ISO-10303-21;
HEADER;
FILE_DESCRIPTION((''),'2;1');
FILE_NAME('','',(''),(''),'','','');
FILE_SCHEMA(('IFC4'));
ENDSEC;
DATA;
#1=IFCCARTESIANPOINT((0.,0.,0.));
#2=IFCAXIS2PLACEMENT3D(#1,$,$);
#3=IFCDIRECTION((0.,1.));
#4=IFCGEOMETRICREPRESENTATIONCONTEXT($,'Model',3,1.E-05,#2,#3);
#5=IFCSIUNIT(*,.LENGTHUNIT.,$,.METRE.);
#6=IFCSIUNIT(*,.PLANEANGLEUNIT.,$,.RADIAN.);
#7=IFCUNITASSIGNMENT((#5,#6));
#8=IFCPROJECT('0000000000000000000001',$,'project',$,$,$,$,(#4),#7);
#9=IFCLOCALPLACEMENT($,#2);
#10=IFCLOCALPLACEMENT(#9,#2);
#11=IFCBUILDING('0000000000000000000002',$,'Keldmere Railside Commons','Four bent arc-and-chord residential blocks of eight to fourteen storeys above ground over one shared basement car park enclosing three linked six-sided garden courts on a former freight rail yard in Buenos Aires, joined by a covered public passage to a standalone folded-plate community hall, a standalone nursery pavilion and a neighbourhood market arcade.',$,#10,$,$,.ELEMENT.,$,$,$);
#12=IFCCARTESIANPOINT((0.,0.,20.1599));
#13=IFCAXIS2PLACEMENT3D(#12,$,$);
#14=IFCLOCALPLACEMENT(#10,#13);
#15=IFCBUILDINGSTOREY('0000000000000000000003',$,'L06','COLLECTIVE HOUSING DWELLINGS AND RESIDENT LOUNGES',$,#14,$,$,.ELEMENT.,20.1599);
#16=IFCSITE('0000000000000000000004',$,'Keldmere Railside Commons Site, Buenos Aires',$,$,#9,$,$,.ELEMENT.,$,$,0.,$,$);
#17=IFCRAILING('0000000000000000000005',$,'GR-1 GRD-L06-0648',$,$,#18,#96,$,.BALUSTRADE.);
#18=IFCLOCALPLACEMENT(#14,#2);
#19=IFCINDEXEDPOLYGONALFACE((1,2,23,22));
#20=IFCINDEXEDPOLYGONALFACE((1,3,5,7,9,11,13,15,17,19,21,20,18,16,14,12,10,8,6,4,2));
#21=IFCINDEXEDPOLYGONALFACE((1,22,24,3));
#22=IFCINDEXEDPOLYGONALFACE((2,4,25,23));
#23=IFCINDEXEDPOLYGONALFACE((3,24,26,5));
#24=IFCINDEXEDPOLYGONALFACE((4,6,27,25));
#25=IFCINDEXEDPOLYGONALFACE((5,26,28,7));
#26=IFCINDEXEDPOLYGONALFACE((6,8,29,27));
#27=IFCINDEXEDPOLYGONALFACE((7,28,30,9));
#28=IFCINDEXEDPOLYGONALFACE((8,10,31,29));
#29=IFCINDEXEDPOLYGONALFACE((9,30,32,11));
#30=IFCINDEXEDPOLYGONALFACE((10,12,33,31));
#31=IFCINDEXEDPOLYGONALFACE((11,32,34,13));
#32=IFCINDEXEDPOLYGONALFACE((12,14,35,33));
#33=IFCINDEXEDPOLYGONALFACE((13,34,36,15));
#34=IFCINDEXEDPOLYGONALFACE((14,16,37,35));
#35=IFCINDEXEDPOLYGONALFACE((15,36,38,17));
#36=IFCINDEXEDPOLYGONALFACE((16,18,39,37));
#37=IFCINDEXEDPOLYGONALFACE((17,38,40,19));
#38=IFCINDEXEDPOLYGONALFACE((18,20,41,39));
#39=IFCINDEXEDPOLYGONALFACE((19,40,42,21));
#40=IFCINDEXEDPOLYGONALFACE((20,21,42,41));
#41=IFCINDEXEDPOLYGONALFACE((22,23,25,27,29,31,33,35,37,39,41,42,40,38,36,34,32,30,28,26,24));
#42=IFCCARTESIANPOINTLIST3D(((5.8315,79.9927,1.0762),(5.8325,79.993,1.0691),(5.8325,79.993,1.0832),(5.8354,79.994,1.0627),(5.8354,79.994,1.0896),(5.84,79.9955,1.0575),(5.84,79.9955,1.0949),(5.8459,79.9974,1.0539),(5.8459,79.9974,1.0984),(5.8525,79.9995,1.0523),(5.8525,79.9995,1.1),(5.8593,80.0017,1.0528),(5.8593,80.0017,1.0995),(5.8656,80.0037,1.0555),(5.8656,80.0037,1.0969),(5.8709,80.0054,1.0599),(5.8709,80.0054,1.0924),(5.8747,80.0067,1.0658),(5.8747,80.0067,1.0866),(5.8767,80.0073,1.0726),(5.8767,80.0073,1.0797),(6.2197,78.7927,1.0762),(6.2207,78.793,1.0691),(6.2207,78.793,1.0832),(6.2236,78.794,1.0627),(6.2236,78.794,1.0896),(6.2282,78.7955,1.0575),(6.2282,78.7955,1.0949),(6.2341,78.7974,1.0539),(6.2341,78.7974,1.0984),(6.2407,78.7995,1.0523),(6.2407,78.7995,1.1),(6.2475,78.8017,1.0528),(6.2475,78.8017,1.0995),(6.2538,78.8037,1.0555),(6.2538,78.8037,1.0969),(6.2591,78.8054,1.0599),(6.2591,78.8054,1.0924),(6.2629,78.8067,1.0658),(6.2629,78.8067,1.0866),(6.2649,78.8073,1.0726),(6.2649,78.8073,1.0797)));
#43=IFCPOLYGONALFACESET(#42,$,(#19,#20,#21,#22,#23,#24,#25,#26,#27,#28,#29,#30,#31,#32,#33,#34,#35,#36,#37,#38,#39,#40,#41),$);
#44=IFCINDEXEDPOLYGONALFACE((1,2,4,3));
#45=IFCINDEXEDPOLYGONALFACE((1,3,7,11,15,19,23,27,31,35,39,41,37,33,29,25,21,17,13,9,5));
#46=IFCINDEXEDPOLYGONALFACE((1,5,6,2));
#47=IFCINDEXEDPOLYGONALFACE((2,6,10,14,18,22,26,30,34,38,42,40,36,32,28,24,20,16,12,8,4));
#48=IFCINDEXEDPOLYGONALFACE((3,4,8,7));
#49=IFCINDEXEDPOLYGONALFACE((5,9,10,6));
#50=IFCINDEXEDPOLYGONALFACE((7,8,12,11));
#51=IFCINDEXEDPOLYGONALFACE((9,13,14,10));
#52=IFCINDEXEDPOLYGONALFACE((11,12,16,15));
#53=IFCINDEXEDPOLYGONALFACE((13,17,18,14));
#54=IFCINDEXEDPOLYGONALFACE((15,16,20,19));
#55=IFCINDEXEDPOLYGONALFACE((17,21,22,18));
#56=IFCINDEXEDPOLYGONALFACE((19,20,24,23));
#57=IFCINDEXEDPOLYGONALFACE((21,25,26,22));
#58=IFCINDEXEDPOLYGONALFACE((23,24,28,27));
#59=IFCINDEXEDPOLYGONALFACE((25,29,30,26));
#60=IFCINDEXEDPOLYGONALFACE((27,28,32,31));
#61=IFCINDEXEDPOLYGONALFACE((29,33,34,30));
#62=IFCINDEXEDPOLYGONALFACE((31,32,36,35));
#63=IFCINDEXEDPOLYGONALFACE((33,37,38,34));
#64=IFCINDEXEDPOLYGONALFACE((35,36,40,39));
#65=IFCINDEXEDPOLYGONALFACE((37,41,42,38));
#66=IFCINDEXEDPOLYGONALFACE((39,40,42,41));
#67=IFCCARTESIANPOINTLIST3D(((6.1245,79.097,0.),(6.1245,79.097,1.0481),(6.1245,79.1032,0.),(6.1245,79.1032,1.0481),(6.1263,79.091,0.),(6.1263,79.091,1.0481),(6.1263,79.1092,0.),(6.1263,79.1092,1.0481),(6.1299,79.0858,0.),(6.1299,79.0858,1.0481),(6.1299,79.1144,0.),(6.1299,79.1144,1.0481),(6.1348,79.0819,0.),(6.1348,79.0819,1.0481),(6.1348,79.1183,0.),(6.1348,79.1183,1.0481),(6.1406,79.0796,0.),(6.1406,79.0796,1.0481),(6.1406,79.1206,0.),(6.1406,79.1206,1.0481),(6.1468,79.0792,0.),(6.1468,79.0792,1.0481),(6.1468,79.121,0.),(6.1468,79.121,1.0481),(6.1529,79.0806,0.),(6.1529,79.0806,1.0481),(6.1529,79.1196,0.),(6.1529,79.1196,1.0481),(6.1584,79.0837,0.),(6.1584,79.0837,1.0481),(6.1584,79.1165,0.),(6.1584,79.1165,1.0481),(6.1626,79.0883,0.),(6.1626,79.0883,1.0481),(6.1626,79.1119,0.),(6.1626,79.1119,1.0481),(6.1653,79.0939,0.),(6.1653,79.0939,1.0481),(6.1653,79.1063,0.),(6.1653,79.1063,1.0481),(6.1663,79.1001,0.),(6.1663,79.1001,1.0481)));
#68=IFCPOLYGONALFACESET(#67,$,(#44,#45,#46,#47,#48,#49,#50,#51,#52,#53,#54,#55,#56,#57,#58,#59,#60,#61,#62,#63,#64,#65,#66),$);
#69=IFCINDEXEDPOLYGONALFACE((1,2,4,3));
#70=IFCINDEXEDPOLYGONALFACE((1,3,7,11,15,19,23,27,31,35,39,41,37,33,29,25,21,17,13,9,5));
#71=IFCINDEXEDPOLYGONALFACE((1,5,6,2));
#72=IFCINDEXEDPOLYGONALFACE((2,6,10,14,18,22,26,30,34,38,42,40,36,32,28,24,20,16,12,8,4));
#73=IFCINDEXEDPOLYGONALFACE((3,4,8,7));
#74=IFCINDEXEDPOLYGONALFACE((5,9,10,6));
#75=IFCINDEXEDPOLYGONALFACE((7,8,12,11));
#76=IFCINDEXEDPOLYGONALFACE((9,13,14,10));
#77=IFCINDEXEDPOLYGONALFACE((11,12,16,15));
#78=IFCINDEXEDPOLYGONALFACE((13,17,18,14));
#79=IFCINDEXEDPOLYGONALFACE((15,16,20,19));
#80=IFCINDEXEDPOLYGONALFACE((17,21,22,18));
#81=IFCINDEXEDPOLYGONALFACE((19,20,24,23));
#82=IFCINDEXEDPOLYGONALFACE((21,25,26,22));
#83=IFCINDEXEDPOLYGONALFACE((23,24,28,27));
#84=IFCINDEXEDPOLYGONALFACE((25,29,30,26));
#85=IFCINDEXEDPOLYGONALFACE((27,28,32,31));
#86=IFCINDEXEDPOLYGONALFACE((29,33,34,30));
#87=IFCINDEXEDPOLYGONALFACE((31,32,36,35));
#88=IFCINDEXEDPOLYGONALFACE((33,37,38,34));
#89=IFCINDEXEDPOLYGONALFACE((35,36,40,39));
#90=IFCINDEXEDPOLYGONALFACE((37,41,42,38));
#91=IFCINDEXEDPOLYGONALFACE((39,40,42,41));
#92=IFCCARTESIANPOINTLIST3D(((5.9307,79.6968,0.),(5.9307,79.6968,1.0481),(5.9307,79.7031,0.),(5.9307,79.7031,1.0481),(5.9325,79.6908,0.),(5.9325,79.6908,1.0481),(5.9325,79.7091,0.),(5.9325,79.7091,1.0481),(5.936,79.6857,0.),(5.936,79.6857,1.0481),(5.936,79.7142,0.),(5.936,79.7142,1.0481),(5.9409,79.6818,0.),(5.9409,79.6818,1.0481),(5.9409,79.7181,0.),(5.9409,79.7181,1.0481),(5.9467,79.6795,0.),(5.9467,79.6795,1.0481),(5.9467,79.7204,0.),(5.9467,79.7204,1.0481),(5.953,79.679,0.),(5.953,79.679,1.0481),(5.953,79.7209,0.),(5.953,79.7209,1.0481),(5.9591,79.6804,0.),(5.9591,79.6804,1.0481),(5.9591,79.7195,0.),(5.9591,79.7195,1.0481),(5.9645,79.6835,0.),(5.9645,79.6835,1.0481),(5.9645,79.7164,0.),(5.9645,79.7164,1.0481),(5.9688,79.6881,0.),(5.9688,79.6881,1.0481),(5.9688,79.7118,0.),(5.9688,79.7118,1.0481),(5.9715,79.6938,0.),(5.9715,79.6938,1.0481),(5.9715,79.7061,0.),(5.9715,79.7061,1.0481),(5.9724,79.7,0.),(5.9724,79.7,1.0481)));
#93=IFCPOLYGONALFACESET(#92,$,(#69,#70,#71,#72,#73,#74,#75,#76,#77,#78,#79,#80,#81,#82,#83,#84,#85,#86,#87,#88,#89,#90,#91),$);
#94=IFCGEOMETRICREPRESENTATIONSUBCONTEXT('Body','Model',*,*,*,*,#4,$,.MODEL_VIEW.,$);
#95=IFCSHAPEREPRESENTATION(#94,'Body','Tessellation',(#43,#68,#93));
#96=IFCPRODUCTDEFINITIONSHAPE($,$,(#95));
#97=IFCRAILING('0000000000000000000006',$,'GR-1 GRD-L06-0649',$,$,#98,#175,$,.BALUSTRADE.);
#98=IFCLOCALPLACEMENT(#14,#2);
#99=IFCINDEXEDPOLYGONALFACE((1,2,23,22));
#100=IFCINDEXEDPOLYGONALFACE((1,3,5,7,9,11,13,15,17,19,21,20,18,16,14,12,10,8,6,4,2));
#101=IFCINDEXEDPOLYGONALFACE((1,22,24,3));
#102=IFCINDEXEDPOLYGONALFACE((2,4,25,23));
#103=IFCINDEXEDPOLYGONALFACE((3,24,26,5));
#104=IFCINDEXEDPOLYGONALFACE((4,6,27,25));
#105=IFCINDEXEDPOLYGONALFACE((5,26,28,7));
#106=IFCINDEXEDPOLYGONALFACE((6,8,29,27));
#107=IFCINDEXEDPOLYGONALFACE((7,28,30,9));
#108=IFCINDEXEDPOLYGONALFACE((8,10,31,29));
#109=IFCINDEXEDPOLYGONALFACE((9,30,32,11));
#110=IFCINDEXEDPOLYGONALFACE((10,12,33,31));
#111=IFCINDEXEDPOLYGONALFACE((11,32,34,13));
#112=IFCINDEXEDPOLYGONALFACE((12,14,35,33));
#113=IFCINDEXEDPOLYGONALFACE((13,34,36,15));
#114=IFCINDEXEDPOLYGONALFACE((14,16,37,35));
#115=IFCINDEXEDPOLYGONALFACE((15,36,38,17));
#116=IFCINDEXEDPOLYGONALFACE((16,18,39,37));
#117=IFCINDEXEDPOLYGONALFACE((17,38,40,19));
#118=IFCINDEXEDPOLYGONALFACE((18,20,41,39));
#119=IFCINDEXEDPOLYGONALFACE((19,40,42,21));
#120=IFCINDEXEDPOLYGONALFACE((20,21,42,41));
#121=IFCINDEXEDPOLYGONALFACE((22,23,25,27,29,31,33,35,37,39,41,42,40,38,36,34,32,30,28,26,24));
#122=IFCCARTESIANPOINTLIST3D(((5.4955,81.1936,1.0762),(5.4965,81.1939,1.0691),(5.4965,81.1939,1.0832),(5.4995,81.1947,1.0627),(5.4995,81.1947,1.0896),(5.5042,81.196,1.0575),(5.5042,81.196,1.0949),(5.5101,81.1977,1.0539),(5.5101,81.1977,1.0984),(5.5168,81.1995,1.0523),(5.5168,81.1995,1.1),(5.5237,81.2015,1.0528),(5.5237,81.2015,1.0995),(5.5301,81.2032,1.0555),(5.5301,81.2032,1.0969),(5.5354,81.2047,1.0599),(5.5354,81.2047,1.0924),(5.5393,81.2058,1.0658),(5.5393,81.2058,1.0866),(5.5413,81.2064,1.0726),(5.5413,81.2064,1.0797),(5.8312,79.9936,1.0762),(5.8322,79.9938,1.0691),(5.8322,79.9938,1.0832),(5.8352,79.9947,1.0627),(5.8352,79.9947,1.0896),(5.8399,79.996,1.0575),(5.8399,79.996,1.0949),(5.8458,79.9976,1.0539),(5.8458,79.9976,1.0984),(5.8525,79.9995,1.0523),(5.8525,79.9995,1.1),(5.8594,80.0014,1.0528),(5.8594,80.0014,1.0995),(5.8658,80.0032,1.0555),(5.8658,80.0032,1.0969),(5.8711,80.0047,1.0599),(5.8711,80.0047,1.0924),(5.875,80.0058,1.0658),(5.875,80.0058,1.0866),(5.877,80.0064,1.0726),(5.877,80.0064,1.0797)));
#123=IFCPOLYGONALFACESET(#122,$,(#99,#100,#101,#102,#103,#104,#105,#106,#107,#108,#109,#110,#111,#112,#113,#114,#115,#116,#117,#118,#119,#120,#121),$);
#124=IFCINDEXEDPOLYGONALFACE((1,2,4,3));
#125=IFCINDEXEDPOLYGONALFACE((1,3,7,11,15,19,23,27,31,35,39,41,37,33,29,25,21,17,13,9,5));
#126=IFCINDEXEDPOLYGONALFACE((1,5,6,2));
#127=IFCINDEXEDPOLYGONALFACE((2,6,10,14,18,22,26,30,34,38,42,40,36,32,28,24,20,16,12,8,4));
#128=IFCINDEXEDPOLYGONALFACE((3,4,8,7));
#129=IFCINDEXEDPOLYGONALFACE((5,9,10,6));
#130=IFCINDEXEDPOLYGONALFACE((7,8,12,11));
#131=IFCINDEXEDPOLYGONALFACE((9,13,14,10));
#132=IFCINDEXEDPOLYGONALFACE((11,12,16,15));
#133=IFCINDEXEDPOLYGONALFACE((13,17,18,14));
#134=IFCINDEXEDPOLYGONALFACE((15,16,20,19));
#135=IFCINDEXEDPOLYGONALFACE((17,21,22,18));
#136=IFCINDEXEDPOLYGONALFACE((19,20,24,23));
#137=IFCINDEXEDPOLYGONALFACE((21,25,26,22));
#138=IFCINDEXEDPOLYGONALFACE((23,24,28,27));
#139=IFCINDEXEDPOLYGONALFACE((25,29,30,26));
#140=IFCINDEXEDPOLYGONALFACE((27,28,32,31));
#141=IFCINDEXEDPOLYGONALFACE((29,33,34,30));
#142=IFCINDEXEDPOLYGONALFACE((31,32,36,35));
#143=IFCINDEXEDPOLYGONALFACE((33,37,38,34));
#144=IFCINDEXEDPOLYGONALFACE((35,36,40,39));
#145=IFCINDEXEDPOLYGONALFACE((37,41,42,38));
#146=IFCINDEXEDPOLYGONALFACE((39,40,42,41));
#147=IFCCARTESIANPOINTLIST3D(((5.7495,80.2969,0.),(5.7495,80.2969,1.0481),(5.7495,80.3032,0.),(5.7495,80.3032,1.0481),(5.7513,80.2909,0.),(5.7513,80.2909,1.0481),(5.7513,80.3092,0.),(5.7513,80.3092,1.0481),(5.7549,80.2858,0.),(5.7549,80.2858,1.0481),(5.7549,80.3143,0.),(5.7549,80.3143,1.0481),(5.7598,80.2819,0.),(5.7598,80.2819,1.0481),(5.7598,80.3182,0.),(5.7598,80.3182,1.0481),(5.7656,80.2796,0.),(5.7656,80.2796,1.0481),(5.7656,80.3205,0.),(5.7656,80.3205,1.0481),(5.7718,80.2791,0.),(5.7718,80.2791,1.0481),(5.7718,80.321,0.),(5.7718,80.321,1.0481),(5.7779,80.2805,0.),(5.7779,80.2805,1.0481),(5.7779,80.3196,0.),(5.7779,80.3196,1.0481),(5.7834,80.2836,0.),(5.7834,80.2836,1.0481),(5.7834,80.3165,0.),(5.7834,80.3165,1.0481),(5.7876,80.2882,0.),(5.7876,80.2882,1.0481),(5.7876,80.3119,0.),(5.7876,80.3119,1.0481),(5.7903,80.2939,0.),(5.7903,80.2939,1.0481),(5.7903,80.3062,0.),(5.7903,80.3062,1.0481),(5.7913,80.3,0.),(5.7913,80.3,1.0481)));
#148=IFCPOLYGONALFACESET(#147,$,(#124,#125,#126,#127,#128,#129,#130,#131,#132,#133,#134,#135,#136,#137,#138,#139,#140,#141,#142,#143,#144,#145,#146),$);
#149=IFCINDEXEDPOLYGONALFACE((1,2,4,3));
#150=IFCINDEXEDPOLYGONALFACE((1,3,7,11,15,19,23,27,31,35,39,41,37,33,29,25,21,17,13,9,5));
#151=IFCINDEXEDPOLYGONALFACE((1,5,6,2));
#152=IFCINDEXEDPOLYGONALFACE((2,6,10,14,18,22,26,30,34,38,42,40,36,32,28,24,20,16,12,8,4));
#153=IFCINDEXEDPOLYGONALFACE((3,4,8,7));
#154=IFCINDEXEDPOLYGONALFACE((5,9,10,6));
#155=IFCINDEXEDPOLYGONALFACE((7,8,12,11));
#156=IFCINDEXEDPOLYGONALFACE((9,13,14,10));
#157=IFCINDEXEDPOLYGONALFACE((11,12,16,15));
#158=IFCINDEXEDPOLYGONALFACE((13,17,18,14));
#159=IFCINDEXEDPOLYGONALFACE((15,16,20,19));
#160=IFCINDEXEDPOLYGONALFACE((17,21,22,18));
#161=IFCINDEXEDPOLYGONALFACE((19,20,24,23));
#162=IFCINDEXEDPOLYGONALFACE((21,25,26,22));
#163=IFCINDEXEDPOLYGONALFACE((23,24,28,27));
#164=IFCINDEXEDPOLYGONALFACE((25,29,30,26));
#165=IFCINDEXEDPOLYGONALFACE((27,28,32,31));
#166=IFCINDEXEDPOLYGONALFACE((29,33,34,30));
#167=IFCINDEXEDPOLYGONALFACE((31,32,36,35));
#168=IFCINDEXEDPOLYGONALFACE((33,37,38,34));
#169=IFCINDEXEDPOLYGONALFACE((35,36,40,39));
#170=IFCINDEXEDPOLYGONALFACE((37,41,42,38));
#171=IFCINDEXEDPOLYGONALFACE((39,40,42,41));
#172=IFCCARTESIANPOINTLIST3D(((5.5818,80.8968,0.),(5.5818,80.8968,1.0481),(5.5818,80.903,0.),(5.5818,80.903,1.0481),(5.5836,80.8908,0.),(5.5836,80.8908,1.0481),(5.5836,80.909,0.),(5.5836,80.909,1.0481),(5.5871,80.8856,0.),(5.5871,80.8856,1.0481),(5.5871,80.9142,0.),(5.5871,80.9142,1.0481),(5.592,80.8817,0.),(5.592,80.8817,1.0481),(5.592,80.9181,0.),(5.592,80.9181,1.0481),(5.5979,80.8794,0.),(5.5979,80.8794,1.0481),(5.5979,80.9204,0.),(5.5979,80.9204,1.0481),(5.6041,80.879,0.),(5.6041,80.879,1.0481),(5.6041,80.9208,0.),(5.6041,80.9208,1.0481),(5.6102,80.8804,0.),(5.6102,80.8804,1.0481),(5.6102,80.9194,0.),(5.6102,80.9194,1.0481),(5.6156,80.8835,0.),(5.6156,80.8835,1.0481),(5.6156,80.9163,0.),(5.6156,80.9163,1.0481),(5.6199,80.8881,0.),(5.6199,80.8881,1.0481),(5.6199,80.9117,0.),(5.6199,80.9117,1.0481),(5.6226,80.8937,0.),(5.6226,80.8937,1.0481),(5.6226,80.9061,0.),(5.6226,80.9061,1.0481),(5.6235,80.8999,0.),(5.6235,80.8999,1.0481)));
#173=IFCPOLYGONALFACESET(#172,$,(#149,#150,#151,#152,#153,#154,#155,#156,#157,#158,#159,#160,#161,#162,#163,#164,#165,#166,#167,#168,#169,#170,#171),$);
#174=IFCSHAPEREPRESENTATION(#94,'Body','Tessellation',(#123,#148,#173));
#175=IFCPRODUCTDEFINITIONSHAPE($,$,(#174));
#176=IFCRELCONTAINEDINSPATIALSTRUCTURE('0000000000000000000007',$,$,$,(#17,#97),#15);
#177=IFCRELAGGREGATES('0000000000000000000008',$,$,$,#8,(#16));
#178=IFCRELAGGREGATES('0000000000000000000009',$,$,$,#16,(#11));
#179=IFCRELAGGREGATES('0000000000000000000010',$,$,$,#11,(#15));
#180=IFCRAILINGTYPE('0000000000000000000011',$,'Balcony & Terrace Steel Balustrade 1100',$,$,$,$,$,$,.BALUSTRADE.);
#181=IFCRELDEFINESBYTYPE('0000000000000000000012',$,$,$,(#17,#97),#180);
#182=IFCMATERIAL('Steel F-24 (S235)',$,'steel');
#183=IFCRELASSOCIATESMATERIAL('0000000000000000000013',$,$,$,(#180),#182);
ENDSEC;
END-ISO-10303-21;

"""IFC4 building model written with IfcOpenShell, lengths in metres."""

from ifc_helpers import new_model, si_unit, direction, frame, origin, origin_2d, place, context, subcontext, project, spatial, circle, extrude, material, type_object, element, save


model = new_model("IFC4")

# Units and contexts
model_context = context("Model", 3, precision=1e-05, world=origin(), true_north=direction((0.0, 1.0)))
body_context = subcontext(model_context, "Body", "Model", "MODEL_VIEW")
ifc_project = project(units=[si_unit("LENGTHUNIT", "METRE"), si_unit("PLANEANGLEUNIT", "RADIAN")], contexts=[model_context])

# Site, building, storey
site_placement = place(None, origin())
site = spatial("IfcSite", under=ifc_project, at=site_placement, Name="Keldmere Railside Commons Site, Buenos Aires", CompositionType="ELEMENT", RefElevation=0.0)
building_placement = place(site_placement, origin())
building = spatial("IfcBuilding", under=site, at=building_placement, Name="Keldmere Railside Commons", Description="Four bent arc-and-chord residential blocks of eight to fourteen storeys above ground over one shared basement car park enclosing three linked six-sided garden courts on a former freight rail yard in Buenos Aires, joined by a covered public passage to a standalone folded-plate community hall, a standalone nursery pavilion and a neighbourhood market arcade.", CompositionType="ELEMENT")
storey_placement = place(building_placement, frame((0.0, 0.0, 20.1599)))
storey = spatial("IfcBuildingStorey", under=building, at=storey_placement, Name="L06", Description="COLLECTIVE HOUSING DWELLINGS AND RESIDENT LOUNGES", CompositionType="ELEMENT", Elevation=20.1599)

# Shared definitions
ifc_material_1 = material(Name="Steel F-24 (S235)", Category="steel")

# Railings
railing_type = type_object("IfcRailingType", Name="Balcony & Terrace Steel Balustrade 1100", PredefinedType="BALUSTRADE", material=ifc_material_1)
railing_1_placement = place(storey_placement, frame((6.2424, 78.8, 0.0)))
element("IfcRailing", 1, at=railing_1_placement, inside=storey, type_object=railing_type, Name="GR-1 GRD-L06-0648", PredefinedType="BALUSTRADE", context=body_context, shape_type="SweptSolid", body=[
    extrude(circle(Radius=0.0239, at=origin_2d()), frame((0.0, 0.0, 1.0762), z_axis=(-0.307795, 0.951453, 0.0), x_axis=(-0.951453, -0.307795, 0.0)), (0.0, 0.0, 1.0), 1.2612),
    extrude(circle(Radius=0.021, at=origin_2d()), frame((-0.0972, 0.3, 0.0)), (0.0, 0.0, 1.0), 1.0481),
    extrude(circle(Radius=0.021, at=origin_2d()), frame((-0.291, 0.8999, 0.0)), (0.0, 0.0, 1.0), 1.0481),
])
railing_2_placement = place(storey_placement, frame((5.8542, 80.0, 0.0)))
element("IfcRailing", 2, at=railing_2_placement, inside=storey, type_object=railing_type, Name="GR-1 GRD-L06-0649", PredefinedType="BALUSTRADE", context=body_context, shape_type="SweptSolid", body=[
    extrude(circle(Radius=0.0239, at=origin_2d()), frame((0.0, 0.0, 1.0762), z_axis=(-0.269412, 0.963025, 0.0), x_axis=(-0.963025, -0.269412, 0.0)), (0.0, 0.0, 1.0), 1.2461),
    extrude(circle(Radius=0.021, at=origin_2d()), frame((-0.084, 0.3, 0.0)), (0.0, 0.0, 1.0), 1.0481),
    extrude(circle(Radius=0.021, at=origin_2d()), frame((-0.2517, 0.8999, 0.0)), (0.0, 0.0, 1.0), 1.0481),
])

save(model, "model.ifc")
